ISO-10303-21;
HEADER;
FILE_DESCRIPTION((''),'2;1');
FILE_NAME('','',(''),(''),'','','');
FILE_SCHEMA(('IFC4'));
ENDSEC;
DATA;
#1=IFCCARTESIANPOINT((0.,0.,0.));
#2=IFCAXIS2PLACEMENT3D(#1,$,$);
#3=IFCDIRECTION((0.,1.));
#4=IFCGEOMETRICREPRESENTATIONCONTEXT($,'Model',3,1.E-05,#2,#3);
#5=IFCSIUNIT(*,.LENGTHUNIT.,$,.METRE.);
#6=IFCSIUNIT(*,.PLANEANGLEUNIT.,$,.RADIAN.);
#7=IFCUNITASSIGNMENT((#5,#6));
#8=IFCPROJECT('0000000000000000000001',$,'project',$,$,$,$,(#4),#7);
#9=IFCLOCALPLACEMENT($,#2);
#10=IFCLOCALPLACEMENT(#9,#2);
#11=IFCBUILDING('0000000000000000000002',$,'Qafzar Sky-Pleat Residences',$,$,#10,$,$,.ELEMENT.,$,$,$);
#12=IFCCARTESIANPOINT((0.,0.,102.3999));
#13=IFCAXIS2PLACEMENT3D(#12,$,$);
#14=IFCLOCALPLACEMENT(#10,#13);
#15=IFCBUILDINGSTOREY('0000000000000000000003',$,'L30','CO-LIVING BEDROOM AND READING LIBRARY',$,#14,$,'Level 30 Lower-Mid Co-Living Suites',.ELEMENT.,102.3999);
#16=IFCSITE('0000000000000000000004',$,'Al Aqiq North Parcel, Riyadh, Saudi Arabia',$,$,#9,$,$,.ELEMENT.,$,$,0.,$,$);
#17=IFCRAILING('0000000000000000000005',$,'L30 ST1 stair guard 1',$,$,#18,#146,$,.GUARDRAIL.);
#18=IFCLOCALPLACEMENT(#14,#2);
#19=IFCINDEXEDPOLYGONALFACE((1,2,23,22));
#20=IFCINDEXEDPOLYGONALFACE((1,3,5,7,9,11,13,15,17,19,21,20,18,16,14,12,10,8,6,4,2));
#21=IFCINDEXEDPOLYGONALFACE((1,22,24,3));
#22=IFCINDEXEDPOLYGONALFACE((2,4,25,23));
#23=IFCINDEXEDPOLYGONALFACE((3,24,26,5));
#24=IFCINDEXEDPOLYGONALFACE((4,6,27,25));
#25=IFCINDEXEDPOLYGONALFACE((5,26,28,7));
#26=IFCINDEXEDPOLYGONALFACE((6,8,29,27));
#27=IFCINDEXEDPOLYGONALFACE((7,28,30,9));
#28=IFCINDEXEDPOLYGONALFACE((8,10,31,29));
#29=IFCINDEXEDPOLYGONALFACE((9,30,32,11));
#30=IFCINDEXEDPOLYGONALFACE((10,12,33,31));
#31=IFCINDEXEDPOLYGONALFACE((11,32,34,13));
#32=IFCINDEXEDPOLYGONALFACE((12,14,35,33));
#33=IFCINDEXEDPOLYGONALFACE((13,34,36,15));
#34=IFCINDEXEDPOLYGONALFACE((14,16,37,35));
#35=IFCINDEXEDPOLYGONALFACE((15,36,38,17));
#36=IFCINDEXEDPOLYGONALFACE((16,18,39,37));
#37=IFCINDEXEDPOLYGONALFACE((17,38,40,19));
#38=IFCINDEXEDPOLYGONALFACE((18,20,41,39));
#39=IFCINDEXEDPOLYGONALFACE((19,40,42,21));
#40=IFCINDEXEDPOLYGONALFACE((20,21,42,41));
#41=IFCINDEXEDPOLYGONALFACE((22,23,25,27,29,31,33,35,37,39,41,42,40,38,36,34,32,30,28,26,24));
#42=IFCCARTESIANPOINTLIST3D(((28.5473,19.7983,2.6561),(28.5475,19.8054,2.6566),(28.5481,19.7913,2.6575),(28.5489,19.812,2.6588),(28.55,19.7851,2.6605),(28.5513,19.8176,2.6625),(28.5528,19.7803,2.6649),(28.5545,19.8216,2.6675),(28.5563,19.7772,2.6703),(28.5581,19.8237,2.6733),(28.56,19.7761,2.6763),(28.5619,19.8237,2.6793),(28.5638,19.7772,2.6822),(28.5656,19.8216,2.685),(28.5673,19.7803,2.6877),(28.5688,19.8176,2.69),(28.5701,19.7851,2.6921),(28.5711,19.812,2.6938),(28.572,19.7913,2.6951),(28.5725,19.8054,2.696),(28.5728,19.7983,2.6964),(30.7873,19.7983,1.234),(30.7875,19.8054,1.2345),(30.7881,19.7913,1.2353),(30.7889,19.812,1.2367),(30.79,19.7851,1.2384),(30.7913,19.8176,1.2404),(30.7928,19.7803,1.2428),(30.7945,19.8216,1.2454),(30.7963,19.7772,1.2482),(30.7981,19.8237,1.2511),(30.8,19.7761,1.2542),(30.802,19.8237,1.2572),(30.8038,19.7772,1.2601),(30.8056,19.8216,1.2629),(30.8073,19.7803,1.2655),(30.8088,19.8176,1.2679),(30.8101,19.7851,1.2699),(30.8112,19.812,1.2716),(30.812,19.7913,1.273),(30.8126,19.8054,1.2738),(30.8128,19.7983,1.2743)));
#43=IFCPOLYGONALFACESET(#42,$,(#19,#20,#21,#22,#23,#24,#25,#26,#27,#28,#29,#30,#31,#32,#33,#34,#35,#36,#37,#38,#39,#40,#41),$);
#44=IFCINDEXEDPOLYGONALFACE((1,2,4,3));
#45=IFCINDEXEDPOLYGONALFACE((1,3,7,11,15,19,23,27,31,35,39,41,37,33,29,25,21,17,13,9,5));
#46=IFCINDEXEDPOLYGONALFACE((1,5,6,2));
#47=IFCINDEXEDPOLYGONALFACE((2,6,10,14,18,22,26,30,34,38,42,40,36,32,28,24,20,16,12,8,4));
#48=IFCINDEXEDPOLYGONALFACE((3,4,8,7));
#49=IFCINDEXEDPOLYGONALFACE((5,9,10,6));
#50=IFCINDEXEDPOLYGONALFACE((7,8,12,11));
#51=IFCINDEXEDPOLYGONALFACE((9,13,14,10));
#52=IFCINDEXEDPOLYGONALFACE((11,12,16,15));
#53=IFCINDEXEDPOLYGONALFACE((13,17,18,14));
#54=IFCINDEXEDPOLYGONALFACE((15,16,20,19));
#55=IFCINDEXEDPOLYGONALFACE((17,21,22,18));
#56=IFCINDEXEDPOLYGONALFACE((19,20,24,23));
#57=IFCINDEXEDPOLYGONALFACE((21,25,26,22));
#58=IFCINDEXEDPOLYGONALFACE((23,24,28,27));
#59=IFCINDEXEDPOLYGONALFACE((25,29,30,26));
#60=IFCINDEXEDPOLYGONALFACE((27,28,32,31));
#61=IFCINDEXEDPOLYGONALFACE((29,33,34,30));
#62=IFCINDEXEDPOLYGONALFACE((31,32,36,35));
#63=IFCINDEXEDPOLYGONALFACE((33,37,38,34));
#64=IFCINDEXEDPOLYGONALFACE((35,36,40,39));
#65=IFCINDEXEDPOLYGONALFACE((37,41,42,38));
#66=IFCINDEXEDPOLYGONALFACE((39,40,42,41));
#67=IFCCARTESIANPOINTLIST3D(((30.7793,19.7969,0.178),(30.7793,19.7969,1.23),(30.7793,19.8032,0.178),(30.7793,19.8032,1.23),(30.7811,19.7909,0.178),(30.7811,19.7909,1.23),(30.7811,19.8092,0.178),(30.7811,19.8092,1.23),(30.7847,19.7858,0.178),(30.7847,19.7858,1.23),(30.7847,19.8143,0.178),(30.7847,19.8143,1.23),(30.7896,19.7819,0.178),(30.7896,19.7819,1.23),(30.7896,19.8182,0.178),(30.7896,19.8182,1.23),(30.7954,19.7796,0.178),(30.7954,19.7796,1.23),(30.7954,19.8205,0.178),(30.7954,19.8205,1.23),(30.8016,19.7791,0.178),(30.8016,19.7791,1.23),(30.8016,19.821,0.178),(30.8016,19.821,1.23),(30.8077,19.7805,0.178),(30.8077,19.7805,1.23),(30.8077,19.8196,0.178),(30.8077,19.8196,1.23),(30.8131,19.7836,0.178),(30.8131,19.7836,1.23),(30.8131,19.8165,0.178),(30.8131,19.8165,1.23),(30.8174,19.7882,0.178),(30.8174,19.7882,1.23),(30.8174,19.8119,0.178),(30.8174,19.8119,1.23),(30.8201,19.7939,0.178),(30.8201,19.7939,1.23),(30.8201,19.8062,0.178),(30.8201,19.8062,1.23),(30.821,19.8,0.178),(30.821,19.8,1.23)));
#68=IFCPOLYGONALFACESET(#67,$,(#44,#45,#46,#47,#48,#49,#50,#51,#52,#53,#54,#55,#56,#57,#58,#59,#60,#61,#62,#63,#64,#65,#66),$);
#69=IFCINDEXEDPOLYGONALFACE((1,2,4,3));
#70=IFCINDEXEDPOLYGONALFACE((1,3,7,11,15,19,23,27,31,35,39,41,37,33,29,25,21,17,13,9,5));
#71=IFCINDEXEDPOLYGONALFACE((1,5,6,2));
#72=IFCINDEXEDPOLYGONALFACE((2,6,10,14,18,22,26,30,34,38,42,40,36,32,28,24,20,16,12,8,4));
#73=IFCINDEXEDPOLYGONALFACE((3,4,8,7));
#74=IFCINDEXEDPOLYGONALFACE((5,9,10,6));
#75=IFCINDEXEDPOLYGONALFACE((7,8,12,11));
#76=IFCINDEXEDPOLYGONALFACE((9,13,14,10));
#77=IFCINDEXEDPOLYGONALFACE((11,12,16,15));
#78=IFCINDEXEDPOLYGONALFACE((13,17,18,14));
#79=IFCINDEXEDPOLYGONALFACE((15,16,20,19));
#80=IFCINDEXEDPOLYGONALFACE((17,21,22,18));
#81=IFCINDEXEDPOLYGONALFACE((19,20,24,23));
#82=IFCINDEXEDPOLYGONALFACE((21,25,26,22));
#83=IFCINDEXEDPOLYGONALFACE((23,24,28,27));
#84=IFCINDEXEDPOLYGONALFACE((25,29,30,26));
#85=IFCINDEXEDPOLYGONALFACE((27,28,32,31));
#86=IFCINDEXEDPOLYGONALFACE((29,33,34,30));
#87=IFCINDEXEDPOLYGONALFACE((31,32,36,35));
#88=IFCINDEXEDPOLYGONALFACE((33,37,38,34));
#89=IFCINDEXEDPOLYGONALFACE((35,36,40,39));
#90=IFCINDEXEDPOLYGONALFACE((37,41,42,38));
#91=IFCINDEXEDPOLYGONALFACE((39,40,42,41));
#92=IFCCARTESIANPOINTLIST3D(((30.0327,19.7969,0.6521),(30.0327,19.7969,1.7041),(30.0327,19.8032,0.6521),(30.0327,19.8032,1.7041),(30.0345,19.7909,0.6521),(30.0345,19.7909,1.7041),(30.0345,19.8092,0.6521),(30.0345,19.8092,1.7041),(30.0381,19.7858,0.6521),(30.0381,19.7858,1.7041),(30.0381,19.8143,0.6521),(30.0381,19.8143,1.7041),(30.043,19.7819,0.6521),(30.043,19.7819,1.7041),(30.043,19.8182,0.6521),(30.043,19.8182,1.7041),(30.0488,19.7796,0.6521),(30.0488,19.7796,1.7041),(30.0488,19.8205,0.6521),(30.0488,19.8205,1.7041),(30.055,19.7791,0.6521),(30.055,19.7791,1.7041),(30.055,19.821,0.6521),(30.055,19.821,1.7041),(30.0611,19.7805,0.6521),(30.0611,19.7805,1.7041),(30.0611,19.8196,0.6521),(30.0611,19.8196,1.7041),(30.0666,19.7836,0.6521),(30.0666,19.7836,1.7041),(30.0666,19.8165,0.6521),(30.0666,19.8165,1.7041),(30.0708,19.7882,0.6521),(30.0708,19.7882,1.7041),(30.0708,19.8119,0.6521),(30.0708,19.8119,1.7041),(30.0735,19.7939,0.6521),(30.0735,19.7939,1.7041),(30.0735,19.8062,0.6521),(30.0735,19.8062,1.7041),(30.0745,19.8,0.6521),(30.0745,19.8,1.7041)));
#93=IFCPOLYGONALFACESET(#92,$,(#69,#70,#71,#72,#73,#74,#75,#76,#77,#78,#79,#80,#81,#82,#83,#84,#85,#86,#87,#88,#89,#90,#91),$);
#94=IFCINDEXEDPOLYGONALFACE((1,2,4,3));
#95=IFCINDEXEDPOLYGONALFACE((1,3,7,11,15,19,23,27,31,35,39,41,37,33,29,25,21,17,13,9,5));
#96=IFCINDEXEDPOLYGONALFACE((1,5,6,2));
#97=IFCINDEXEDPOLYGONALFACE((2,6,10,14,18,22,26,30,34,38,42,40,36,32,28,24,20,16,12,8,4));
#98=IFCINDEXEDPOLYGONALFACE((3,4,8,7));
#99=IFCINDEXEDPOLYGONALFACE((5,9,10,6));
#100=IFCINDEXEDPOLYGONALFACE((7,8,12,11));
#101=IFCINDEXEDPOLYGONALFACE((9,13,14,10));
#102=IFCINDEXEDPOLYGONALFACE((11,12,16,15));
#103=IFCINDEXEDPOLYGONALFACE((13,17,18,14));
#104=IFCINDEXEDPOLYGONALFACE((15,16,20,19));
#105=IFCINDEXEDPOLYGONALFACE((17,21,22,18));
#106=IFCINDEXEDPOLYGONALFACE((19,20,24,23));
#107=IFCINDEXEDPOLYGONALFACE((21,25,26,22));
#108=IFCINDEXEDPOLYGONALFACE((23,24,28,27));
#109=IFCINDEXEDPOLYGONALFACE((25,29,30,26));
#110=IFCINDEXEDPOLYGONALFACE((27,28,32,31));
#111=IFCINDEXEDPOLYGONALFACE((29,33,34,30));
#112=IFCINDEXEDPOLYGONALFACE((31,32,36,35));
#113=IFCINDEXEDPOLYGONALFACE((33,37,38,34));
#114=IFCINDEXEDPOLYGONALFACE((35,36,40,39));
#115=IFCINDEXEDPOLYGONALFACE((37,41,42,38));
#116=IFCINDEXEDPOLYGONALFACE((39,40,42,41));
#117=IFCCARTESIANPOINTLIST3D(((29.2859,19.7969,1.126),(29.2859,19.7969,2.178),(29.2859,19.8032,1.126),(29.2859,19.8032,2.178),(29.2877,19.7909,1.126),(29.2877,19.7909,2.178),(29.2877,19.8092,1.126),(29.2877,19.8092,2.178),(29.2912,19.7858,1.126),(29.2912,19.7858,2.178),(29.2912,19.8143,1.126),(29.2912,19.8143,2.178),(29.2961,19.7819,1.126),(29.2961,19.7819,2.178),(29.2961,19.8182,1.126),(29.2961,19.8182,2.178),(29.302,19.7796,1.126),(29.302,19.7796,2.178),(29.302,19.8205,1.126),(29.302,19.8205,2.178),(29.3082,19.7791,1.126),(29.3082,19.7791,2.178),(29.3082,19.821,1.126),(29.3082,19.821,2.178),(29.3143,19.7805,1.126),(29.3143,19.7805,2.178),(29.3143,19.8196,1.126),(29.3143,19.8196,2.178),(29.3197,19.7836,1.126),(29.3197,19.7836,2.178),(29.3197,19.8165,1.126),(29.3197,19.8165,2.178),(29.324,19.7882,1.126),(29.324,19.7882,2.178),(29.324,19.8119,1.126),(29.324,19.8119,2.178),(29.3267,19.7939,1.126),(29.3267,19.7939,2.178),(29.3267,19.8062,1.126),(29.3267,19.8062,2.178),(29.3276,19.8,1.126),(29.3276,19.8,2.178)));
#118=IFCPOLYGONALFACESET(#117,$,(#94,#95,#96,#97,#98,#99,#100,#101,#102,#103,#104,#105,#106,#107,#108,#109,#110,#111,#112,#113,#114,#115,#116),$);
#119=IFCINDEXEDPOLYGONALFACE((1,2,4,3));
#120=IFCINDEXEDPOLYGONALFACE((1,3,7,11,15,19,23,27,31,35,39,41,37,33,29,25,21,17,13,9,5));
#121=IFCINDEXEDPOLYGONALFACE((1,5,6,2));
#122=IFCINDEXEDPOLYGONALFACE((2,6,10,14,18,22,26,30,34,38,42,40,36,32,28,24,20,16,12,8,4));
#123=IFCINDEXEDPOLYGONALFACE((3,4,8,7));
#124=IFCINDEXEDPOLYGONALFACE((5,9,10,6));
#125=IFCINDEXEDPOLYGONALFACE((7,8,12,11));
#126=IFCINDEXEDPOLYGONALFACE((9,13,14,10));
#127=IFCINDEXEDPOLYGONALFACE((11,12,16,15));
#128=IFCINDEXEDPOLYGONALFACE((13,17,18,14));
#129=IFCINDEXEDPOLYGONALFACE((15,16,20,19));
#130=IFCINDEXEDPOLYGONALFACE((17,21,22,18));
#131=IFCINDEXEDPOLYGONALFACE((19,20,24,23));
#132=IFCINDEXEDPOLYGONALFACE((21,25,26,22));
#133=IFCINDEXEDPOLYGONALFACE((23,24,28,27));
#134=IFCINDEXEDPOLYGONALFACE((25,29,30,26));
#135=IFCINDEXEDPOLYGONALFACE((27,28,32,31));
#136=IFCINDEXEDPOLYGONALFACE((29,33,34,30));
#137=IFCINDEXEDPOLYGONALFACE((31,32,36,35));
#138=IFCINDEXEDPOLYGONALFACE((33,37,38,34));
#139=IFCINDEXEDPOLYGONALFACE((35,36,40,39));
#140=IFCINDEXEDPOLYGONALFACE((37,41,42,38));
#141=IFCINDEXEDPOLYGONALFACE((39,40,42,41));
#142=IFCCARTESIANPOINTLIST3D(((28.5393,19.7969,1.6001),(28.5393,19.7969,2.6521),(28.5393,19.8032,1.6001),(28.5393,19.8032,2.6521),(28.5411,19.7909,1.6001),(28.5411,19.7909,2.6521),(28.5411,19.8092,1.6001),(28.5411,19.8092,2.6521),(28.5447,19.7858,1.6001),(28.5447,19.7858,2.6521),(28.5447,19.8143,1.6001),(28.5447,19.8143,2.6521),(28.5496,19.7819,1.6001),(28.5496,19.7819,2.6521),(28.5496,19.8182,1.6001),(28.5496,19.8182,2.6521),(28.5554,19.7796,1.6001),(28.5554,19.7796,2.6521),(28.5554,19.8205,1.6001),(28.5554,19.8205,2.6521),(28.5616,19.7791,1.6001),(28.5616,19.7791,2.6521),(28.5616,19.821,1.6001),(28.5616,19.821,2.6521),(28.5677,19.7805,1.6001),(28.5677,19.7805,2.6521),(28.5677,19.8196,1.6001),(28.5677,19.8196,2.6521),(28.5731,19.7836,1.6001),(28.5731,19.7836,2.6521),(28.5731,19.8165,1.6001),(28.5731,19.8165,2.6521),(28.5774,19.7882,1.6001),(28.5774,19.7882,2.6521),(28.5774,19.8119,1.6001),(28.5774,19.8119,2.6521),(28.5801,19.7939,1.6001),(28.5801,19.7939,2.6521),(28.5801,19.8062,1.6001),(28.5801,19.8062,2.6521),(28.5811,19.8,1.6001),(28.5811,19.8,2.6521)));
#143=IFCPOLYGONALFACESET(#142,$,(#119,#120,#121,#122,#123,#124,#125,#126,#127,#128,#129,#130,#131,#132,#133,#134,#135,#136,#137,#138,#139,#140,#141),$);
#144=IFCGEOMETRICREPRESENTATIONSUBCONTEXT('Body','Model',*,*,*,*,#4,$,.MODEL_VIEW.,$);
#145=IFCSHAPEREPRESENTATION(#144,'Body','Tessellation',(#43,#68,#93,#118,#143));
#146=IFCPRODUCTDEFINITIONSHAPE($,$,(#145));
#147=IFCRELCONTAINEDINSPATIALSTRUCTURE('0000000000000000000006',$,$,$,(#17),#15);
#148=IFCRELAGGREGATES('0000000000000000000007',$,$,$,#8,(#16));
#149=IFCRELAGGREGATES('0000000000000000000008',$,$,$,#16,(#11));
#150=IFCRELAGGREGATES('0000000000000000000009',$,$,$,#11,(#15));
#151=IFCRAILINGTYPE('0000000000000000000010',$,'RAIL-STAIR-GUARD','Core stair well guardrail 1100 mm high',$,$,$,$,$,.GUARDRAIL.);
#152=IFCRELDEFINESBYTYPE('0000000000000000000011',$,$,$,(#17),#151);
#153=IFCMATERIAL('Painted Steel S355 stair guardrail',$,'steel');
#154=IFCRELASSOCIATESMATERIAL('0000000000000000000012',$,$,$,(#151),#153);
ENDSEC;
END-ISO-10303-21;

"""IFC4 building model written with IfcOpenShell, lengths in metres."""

from ifc_helpers import new_model, si_unit, direction, frame, origin, origin_2d, place, context, subcontext, project, spatial, circle, extrude, source, transform, mapped, material, type_object, element, save


model = new_model("IFC4")

# Units and contexts
model_context = context("Model", 3, precision=1e-05, world=origin(), true_north=direction((0.0, 1.0)))
body_context = subcontext(model_context, "Body", "Model", "MODEL_VIEW")
ifc_project = project(units=[si_unit("LENGTHUNIT", "METRE"), si_unit("PLANEANGLEUNIT", "RADIAN")], contexts=[model_context])

# Site, building, storey
site_placement = place(None, origin())
site = spatial("IfcSite", under=ifc_project, at=site_placement, Name="Al Aqiq North Parcel, Riyadh, Saudi Arabia", CompositionType="ELEMENT", RefElevation=0.0)
building_placement = place(site_placement, origin())
building = spatial("IfcBuilding", under=site, at=building_placement, Name="Qafzar Sky-Pleat Residences", CompositionType="ELEMENT")
storey_placement = place(building_placement, frame((0.0, 0.0, 102.3999)))
storey = spatial("IfcBuildingStorey", under=building, at=storey_placement, Name="L30", Description="CO-LIVING BEDROOM AND READING LIBRARY", LongName="Level 30 Lower-Mid Co-Living Suites", CompositionType="ELEMENT", Elevation=102.3999)

# Railing
ifc_material_1 = material(Name="Painted Steel S355 stair guardrail", Category="steel")
railing_type_1 = type_object("IfcRailingType", Name="RAIL-STAIR-GUARD", Description="Core stair well guardrail 1100 mm high", PredefinedType="GUARDRAIL", material=ifc_material_1)
shared_shape_1 = source(origin(), body_context, "Body", "SweptSolid", [
    extrude(circle(Radius=0.0239, at=origin_2d()), frame((0.0, 0.0, 1.0762), z_axis=(-0.844229, 0.0, 0.535982), x_axis=(0.0, -1.0, 0.0)), (0.0, 0.0, 1.0), 2.6533),
    extrude(circle(Radius=0.021, at=origin_2d()), origin(), (0.0, 0.0, 1.0), 1.052),
    extrude(circle(Radius=0.021, at=origin_2d()), frame((-0.7466, 0.0, 0.4741)), (0.0, 0.0, 1.0), 1.052),
    extrude(circle(Radius=0.021, at=origin_2d()), frame((-1.4934, 0.0, 0.948)), (0.0, 0.0, 1.0), 1.052),
    extrude(circle(Radius=0.021, at=origin_2d()), frame((-2.24, 0.0, 1.4221)), (0.0, 0.0, 1.0), 1.052),
])
railing_1_placement = place(storey_placement, frame((30.8, 19.8, 0.178)))
element("IfcRailing", 1, at=railing_1_placement, inside=storey, type_object=railing_type_1, Name="L30 ST1 stair guard 1", PredefinedType="GUARDRAIL", context=body_context, shape_type="MappedRepresentation", body=[
    mapped(shared_shape_1, transform((0.0, 0.0, 0.0), x_axis=(1.0, 0.0, 0.0), y_axis=(0.0, 1.0, 0.0), z_axis=(0.0, 0.0, 1.0), scale=1.0)),
])

save(model, "model.ifc")
